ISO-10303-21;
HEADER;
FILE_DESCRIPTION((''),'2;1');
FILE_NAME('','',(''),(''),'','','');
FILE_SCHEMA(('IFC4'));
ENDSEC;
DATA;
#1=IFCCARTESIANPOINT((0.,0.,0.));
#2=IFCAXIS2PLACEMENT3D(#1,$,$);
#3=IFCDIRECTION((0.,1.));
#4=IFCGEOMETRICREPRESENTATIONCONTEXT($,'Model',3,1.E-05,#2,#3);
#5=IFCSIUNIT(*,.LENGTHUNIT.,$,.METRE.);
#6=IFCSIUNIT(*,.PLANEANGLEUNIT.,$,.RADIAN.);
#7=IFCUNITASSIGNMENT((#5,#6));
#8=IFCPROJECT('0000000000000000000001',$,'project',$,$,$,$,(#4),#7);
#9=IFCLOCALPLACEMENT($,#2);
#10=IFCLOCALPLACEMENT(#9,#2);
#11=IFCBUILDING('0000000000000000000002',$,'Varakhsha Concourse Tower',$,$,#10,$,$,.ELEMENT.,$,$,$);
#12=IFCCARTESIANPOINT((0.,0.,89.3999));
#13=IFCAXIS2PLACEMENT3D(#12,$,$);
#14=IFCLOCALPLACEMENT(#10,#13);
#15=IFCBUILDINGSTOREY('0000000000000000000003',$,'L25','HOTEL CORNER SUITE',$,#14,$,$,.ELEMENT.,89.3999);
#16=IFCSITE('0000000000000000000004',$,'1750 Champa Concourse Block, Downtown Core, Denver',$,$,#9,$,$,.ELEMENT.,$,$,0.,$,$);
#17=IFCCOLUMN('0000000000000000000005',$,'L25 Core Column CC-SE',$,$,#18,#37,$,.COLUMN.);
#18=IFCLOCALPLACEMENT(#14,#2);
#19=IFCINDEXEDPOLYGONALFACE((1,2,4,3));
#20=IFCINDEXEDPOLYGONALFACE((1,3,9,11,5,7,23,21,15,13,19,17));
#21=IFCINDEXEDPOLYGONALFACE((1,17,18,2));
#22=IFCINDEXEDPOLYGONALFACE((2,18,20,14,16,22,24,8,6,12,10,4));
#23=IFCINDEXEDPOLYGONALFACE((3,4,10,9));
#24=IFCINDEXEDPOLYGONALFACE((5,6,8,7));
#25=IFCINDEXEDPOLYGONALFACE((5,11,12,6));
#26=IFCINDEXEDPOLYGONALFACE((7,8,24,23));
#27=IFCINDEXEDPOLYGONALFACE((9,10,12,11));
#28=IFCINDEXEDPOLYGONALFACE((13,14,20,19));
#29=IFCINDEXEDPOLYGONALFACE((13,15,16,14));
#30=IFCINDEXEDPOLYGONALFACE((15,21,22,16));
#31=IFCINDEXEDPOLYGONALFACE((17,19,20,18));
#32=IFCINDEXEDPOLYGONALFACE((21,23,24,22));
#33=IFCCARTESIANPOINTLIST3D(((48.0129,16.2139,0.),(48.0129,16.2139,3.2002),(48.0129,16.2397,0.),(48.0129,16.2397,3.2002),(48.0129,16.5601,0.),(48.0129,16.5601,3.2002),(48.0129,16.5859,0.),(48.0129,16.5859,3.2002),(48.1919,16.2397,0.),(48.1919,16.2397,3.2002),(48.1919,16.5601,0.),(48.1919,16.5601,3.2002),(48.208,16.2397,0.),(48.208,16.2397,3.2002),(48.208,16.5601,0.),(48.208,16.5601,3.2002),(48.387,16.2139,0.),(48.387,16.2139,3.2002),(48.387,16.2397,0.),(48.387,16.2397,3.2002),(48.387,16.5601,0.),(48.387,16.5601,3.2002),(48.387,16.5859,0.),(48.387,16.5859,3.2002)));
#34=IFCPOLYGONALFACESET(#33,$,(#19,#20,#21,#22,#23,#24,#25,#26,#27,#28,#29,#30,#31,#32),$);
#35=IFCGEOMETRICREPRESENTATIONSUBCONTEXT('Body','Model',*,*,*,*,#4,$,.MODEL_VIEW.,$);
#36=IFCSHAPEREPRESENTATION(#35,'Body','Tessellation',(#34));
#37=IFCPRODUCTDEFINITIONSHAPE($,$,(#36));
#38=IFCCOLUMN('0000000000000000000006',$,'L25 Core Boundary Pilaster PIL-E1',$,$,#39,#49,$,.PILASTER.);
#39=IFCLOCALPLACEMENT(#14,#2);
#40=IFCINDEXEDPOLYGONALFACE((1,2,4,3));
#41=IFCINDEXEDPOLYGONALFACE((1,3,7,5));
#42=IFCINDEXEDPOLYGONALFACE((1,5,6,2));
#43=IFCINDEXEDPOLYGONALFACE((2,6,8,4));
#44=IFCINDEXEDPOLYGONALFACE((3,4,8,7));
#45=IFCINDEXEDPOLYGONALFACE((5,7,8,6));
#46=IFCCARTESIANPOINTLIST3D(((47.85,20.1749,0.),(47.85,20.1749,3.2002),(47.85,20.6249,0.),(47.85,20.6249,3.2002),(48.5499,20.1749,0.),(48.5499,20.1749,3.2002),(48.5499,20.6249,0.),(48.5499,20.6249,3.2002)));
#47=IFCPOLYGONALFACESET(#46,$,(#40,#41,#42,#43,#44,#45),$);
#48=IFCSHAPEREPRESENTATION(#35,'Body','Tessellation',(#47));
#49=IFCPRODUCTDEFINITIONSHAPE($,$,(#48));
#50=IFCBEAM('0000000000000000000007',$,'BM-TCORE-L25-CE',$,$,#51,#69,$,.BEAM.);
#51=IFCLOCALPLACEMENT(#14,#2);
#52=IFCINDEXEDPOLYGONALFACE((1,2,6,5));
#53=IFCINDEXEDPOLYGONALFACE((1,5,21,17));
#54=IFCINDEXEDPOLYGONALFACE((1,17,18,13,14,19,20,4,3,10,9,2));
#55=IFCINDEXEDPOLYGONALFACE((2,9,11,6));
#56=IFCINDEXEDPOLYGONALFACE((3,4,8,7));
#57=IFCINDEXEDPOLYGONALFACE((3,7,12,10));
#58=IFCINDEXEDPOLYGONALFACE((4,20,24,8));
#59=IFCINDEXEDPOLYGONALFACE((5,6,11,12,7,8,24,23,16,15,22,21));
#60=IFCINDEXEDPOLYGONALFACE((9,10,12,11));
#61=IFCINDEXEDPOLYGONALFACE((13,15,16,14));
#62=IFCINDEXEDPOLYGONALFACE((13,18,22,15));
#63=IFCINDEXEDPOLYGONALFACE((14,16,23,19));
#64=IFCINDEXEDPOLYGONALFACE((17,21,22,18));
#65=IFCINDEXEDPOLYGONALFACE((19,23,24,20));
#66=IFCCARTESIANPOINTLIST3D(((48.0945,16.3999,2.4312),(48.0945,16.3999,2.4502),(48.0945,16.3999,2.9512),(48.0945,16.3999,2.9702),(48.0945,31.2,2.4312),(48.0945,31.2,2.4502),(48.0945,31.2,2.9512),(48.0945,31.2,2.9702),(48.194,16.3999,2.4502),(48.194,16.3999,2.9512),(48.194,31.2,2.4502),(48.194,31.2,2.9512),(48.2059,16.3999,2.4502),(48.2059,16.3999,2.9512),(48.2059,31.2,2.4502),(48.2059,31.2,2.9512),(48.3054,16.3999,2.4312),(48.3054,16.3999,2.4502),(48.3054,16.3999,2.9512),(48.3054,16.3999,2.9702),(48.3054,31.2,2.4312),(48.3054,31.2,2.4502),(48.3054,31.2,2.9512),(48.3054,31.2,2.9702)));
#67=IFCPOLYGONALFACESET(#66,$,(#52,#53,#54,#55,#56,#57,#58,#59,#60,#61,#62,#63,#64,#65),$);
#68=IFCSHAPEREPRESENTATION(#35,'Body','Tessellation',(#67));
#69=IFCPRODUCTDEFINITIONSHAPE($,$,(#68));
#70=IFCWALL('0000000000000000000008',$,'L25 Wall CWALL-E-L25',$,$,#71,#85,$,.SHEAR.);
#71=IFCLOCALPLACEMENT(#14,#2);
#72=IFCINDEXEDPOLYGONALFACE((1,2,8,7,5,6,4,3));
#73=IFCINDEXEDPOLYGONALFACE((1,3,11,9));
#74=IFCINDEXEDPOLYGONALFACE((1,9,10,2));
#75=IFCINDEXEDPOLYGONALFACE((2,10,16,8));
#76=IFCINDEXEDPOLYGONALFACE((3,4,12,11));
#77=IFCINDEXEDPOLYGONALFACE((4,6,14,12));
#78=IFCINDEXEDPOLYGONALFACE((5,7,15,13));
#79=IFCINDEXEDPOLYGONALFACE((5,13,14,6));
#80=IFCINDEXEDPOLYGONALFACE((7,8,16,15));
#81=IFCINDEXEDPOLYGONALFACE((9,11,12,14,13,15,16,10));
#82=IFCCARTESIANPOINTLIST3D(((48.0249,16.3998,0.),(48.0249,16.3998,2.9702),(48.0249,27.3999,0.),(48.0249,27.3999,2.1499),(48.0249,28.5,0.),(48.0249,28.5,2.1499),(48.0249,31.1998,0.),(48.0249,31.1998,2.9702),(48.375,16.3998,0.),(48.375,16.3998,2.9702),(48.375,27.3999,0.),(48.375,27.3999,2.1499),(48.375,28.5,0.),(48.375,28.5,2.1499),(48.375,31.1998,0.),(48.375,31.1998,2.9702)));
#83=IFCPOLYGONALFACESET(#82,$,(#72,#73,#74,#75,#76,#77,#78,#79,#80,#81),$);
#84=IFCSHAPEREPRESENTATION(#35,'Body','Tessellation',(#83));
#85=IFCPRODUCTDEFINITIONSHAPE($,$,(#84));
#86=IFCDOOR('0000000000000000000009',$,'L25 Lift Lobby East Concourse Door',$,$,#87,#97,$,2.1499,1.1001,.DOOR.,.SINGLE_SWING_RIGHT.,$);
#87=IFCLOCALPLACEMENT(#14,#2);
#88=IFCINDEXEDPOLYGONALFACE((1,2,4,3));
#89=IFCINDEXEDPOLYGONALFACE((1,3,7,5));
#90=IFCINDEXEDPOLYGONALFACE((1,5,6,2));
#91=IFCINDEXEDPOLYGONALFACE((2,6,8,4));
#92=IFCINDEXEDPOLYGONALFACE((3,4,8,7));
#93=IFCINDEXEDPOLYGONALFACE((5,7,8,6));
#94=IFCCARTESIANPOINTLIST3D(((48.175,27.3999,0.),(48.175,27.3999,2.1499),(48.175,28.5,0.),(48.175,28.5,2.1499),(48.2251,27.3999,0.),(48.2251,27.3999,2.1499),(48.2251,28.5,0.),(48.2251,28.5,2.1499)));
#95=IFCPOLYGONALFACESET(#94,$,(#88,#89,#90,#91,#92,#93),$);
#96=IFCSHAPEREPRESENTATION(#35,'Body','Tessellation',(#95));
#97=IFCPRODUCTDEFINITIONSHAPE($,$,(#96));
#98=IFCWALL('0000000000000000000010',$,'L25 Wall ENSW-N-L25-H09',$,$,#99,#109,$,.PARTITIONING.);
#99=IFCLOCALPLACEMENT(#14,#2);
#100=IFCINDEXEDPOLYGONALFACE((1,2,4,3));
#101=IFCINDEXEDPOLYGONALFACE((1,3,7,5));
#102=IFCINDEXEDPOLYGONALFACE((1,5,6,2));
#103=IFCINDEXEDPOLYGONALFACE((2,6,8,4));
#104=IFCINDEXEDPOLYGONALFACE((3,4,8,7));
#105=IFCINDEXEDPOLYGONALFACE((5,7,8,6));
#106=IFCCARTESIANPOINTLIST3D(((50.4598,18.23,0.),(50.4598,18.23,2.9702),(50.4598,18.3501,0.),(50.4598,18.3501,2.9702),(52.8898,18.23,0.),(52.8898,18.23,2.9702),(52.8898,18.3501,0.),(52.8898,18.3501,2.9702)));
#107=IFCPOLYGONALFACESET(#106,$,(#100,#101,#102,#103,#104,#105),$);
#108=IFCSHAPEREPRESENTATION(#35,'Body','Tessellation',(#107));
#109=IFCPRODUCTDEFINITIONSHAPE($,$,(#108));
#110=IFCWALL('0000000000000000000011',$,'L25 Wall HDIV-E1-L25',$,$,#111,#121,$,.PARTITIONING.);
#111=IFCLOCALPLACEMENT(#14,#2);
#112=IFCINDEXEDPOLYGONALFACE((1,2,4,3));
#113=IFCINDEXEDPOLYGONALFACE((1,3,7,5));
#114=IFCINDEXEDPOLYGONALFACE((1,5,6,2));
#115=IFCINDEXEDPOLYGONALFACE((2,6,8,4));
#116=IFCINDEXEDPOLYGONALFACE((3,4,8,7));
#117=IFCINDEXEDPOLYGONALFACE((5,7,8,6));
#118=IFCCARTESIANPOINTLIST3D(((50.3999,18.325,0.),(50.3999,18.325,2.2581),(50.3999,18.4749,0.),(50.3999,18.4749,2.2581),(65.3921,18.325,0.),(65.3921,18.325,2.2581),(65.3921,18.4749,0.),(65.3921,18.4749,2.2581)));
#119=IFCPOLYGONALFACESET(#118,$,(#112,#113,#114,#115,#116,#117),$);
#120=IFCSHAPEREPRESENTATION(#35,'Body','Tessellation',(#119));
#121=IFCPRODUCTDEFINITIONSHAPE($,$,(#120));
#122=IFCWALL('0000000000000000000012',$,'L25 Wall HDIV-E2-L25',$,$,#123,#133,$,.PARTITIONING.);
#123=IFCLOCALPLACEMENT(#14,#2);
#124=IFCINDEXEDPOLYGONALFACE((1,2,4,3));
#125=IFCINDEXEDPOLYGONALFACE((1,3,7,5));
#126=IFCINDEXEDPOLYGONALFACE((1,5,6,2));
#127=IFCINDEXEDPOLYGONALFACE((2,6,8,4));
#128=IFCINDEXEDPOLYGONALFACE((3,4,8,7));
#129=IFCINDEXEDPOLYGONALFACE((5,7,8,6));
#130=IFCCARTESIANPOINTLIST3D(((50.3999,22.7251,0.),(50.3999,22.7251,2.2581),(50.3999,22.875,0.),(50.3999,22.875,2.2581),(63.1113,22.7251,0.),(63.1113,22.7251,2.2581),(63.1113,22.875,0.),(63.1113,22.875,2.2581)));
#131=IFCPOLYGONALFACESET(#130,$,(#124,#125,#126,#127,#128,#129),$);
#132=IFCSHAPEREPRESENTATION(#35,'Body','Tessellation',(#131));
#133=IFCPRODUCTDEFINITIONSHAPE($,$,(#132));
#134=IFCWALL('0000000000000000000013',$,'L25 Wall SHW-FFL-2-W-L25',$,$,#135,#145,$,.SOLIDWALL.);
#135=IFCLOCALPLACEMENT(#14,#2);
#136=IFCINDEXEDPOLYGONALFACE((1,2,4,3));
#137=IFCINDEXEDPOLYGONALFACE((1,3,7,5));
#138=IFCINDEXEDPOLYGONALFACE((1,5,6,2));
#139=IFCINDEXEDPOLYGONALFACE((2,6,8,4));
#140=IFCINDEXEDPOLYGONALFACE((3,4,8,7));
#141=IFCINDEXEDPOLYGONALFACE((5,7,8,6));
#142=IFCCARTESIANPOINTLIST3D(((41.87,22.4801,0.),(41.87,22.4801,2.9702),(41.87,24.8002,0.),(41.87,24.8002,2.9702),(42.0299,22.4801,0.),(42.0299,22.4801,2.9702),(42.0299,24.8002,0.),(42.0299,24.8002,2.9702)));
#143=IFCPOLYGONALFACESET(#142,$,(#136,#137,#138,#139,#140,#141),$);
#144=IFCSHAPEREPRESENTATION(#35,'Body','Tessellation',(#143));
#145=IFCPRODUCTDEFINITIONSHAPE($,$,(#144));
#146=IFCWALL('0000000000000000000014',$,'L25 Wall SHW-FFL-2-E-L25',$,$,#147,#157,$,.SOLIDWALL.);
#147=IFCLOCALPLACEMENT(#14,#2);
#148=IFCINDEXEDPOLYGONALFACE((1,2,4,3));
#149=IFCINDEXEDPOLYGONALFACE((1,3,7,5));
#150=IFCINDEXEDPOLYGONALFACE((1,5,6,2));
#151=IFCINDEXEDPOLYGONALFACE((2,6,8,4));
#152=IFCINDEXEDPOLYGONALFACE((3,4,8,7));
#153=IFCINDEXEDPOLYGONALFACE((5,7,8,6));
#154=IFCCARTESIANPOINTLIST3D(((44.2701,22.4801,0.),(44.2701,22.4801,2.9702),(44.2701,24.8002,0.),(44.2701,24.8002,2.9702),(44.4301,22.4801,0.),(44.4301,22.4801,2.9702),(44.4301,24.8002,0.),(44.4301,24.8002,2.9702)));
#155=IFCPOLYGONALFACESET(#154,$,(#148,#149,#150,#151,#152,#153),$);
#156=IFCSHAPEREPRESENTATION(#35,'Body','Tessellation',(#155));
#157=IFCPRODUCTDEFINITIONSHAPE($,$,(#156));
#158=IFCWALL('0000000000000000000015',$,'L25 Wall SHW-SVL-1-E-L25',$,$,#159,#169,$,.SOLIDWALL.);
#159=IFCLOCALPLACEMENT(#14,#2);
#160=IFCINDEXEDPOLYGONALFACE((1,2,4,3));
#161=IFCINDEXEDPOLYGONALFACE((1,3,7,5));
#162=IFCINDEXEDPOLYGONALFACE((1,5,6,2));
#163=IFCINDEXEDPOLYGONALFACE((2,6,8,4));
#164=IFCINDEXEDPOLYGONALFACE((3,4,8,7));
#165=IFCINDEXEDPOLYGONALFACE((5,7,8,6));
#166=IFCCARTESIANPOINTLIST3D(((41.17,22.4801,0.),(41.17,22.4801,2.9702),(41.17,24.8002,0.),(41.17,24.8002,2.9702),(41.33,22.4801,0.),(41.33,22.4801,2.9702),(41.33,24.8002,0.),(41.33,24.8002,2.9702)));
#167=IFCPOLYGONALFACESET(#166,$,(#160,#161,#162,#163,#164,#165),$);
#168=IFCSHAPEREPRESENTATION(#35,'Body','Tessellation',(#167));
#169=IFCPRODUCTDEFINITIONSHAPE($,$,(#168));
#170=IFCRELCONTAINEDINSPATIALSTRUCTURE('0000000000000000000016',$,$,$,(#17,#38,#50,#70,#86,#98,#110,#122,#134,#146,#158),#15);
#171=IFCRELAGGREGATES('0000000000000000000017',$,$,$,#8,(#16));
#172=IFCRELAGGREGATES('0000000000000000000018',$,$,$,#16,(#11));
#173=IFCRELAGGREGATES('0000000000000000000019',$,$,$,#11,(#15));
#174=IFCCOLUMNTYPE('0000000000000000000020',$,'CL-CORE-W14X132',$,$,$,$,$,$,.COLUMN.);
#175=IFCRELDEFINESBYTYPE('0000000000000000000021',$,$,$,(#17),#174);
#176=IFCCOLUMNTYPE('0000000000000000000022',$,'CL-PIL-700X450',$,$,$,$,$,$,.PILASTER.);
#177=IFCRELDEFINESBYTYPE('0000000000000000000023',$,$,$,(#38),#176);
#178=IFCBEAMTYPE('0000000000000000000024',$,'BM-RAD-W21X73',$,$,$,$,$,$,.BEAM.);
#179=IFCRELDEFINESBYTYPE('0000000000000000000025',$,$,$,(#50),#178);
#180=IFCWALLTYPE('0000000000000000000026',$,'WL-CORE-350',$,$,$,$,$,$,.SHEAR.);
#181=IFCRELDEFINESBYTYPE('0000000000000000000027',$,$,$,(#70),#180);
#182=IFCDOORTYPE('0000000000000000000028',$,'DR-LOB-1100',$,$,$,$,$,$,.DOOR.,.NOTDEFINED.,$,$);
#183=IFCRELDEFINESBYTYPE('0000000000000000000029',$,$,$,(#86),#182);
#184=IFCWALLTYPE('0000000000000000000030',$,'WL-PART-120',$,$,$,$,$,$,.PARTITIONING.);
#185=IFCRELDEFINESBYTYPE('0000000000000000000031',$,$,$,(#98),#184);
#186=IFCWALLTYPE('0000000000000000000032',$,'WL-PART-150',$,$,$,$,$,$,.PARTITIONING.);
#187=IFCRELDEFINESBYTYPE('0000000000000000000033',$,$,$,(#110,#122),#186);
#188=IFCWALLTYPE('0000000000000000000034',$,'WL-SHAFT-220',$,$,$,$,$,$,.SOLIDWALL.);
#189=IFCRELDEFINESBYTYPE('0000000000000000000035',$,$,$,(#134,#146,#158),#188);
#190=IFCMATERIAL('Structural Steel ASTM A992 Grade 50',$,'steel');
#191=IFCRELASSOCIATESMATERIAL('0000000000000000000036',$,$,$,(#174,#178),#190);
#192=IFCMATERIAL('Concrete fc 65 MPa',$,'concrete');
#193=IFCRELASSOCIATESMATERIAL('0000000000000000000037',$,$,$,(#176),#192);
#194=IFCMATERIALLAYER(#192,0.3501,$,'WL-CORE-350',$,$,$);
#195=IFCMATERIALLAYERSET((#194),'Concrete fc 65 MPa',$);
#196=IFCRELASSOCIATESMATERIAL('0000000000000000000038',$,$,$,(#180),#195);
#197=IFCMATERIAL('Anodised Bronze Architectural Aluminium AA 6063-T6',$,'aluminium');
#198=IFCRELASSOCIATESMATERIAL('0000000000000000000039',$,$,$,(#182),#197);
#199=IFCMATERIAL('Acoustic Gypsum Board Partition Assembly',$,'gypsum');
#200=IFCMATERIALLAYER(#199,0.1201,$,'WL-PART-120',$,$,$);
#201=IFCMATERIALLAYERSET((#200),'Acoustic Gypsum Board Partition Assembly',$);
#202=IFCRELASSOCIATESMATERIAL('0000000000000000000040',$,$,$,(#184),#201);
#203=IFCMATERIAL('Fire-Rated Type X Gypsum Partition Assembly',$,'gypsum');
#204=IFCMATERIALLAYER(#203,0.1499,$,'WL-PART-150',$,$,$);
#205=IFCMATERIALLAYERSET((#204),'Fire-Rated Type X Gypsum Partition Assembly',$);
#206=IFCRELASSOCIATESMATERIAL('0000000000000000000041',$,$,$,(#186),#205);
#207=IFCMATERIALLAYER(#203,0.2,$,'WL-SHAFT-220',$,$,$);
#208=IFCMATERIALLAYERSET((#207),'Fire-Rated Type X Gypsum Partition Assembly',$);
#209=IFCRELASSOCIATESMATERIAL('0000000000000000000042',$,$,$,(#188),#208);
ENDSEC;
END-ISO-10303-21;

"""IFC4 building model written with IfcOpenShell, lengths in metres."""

from ifc_helpers import new_model, si_unit, direction, frame, frame_2d, origin, origin_2d, place, context, subcontext, project, spatial, rectangle, i_section, extrude, material, layer, layer_set, material_profile, profile_set, type_object, element, fill, save


model = new_model("IFC4")

# Units and contexts
model_context = context("Model", 3, precision=1e-05, world=origin(), true_north=direction((0.0, 1.0)))
body_context = subcontext(model_context, "Body", "Model", "MODEL_VIEW")
ifc_project = project(units=[si_unit("LENGTHUNIT", "METRE"), si_unit("PLANEANGLEUNIT", "RADIAN")], contexts=[model_context])

# Site, building, storey
site_placement = place(None, origin())
site = spatial("IfcSite", under=ifc_project, at=site_placement, Name="1750 Champa Concourse Block, Downtown Core, Denver", CompositionType="ELEMENT", RefElevation=0.0)
building_placement = place(site_placement, origin())
building = spatial("IfcBuilding", under=site, at=building_placement, Name="Varakhsha Concourse Tower", CompositionType="ELEMENT")
storey_placement = place(building_placement, frame((0.0, 0.0, 89.3999)))
storey = spatial("IfcBuildingStorey", under=building, at=storey_placement, Name="L25", Description="HOTEL CORNER SUITE", CompositionType="ELEMENT", Elevation=89.3999)

# Columns
ifc_material_1 = material(Name="Structural Steel ASTM A992 Grade 50", Category="steel")
ifc_material_profile_1 = material_profile(ifc_material_1, i_section(OverallWidth=0.374, OverallDepth=0.3721, WebThickness=0.0161, FlangeThickness=0.0259, at=origin_2d()), Name="W14X132")
ifc_profile_set_1 = profile_set([ifc_material_profile_1], Name="Structural Steel ASTM A992 Grade 50")
column_type_1 = type_object("IfcColumnType", Name="CL-CORE-W14X132", PredefinedType="COLUMN", material=ifc_profile_set_1)
column_1_placement = place(storey_placement, frame((48.2, 16.3999, 0.0), z_axis=(0.0, 0.0, 1.0), x_axis=(1.0, 0.0, 0.0)))
element("IfcColumn", 1, at=column_1_placement, inside=storey, type_object=column_type_1, Name="L25 Core Column CC-SE", PredefinedType="COLUMN", context=body_context, shape_type="SweptSolid", body=[
    extrude(i_section(OverallWidth=0.374, OverallDepth=0.3721, WebThickness=0.0161, FlangeThickness=0.0259, at=origin_2d()), origin(), (0.0, 0.0, 1.0), 3.2002),
])
ifc_material_2 = material(Name="Concrete fc 65 MPa", Category="concrete")
ifc_material_profile_2 = material_profile(ifc_material_2, rectangle(XDim=0.7, YDim=0.45, at=origin_2d()), Name="RC 700x450")
ifc_profile_set_2 = profile_set([ifc_material_profile_2], Name="Concrete fc 65 MPa")
column_type_2 = type_object("IfcColumnType", Name="CL-PIL-700X450", PredefinedType="PILASTER", material=ifc_profile_set_2)
column_2_placement = place(storey_placement, frame((48.2, 20.3999, 0.0), z_axis=(0.0, 0.0, 1.0), x_axis=(1.0, 0.0, 0.0)))
element("IfcColumn", 2, at=column_2_placement, inside=storey, type_object=column_type_2, Name="L25 Core Boundary Pilaster PIL-E1", PredefinedType="PILASTER", context=body_context, shape_type="SweptSolid", body=[
    extrude(rectangle(XDim=0.7, YDim=0.45, at=origin_2d()), origin(), (0.0, 0.0, 1.0), 3.2002),
])

# Beam
ifc_material_profile_3 = material_profile(ifc_material_1, i_section(OverallWidth=0.2109, OverallDepth=0.5391, WebThickness=0.012, FlangeThickness=0.019, at=origin_2d()), Name="W21X73")
ifc_profile_set_3 = profile_set([ifc_material_profile_3], Name="Structural Steel ASTM A992 Grade 50")
beam_type = type_object("IfcBeamType", Name="BM-RAD-W21X73", PredefinedType="BEAM", material=ifc_profile_set_3)
beam_placement = place(storey_placement, frame((48.2, 16.3999, 2.7007), z_axis=(0.0, 1.0, 0.0), x_axis=(-1.0, 0.0, 0.0)))
element("IfcBeam", 3, at=beam_placement, inside=storey, type_object=beam_type, Name="BM-TCORE-L25-CE", PredefinedType="BEAM", context=body_context, shape_type="SweptSolid", body=[
    extrude(i_section(OverallWidth=0.2109, OverallDepth=0.5391, WebThickness=0.012, FlangeThickness=0.019, at=origin_2d()), origin(), (0.0, 0.0, 1.0), 14.8),
])

# Wall, opening, door
ifc_layer_1 = layer(ifc_material_2, 0.3501, Name="WL-CORE-350")
ifc_layer_set_1 = layer_set([ifc_layer_1], Name="Concrete fc 65 MPa")
wall_type_1 = type_object("IfcWallType", Name="WL-CORE-350", PredefinedType="SHEAR", material=ifc_layer_set_1)
wall_1_placement = place(storey_placement, frame((48.2, 16.3999, 0.0), z_axis=(0.0, 0.0, 1.0), x_axis=(0.0, 1.0, 0.0)))
wall_1 = element("IfcWall", 4, at=wall_1_placement, inside=storey, type_object=wall_type_1, Name="L25 Wall CWALL-E-L25", PredefinedType="SHEAR", context=body_context, shape_type="SweptSolid", body=[
    extrude(rectangle(XDim=14.8, YDim=0.3501, at=frame_2d((7.3999, 0.0))), origin(), (0.0, 0.0, 1.0), 2.9702),
])
opening_1_placement = place(wall_1_placement, frame((11.0, 0.0, 0.0)))
opening_1 = element("IfcOpeningElement", 5, at=opening_1_placement, cuts=wall_1, PredefinedType="OPENING", context=body_context, shape_type="SweptSolid", body=[
    extrude(rectangle(XDim=1.1001, YDim=2.1499, at=frame_2d((0.55, 1.075))), frame((0.0, 0.1851, 0.0), z_axis=(0.0, -1.0, 0.0), x_axis=(1.0, 0.0, 0.0)), (0.0, 0.0, 1.0), 0.3701),
])
ifc_material_3 = material(Name="Anodised Bronze Architectural Aluminium AA 6063-T6", Category="aluminium")
door_type_1 = type_object("IfcDoorType", Name="DR-LOB-1100", OperationType="NOTDEFINED", PredefinedType="DOOR", material=ifc_material_3)
door_1_placement = place(opening_1_placement, origin())
door_1 = element("IfcDoor", 6, at=door_1_placement, inside=storey, type_object=door_type_1, Name="L25 Lift Lobby East Concourse Door", OperationType="SINGLE_SWING_RIGHT", OverallHeight=2.1499, OverallWidth=1.1001, PredefinedType="DOOR", context=body_context, shape_type="SweptSolid", body=[
    extrude(rectangle(XDim=1.1001, YDim=2.1499, at=frame_2d((0.55, 1.075))), frame((0.0, 0.0249, 0.0), z_axis=(0.0, -1.0, 0.0), x_axis=(1.0, 0.0, 0.0)), (0.0, 0.0, 1.0), 0.05),
])
fill(opening_1, door_1)

# Walls
ifc_material_4 = material(Name="Acoustic Gypsum Board Partition Assembly", Category="gypsum")
ifc_layer_2 = layer(ifc_material_4, 0.1201, Name="WL-PART-120")
ifc_layer_set_2 = layer_set([ifc_layer_2], Name="Acoustic Gypsum Board Partition Assembly")
wall_type_2 = type_object("IfcWallType", Name="WL-PART-120", PredefinedType="PARTITIONING", material=ifc_layer_set_2)
wall_2_placement = place(storey_placement, frame((50.46, 18.29, 0.0), z_axis=(0.0, 0.0, 1.0), x_axis=(1.0, 0.0, 0.0)))
element("IfcWall", 7, at=wall_2_placement, inside=storey, type_object=wall_type_2, Name="L25 Wall ENSW-N-L25-H09", PredefinedType="PARTITIONING", context=body_context, shape_type="SweptSolid", body=[
    extrude(rectangle(XDim=2.4299, YDim=0.1201, at=frame_2d((1.2148, 0.0))), origin(), (0.0, 0.0, 1.0), 2.9702),
])
ifc_material_5 = material(Name="Fire-Rated Type X Gypsum Partition Assembly", Category="gypsum")
ifc_layer_3 = layer(ifc_material_5, 0.1499, Name="WL-PART-150")
ifc_layer_set_3 = layer_set([ifc_layer_3], Name="Fire-Rated Type X Gypsum Partition Assembly")
wall_type_3 = type_object("IfcWallType", Name="WL-PART-150", PredefinedType="PARTITIONING", material=ifc_layer_set_3)
wall_3_placement = place(storey_placement, frame((50.3999, 18.3999, 0.0), z_axis=(0.0, 0.0, 1.0), x_axis=(1.0, 0.0, 0.0)))
element("IfcWall", 8, at=wall_3_placement, inside=storey, type_object=wall_type_3, Name="L25 Wall HDIV-E1-L25", PredefinedType="PARTITIONING", context=body_context, shape_type="SweptSolid", body=[
    extrude(rectangle(XDim=14.9922, YDim=0.1499, at=frame_2d((7.4961, 0.0))), origin(), (0.0, 0.0, 1.0), 2.2581),
])
wall_4_placement = place(storey_placement, frame((50.3999, 22.8, 0.0), z_axis=(0.0, 0.0, 1.0), x_axis=(1.0, 0.0, 0.0)))
element("IfcWall", 9, at=wall_4_placement, inside=storey, type_object=wall_type_3, Name="L25 Wall HDIV-E2-L25", PredefinedType="PARTITIONING", context=body_context, shape_type="SweptSolid", body=[
    extrude(rectangle(XDim=12.7114, YDim=0.1499, at=frame_2d((6.3557, 0.0))), origin(), (0.0, 0.0, 1.0), 2.2581),
])
ifc_layer_4 = layer(ifc_material_5, 0.2, Name="WL-SHAFT-220")
ifc_layer_set_4 = layer_set([ifc_layer_4], Name="Fire-Rated Type X Gypsum Partition Assembly")
wall_type_4 = type_object("IfcWallType", Name="WL-SHAFT-220", PredefinedType="SOLIDWALL", material=ifc_layer_set_4)
for number, where, z_axis, x_axis, name in (
    (10, (41.95, 22.48, 0.0), (0.0, 0.0, 1.0), (0.0, 1.0, 0.0), "L25 Wall SHW-FFL-2-W-L25"),
    (11, (44.3501, 22.48, 0.0), (0.0, 0.0, 1.0), (0.0, 1.0, 0.0), "L25 Wall SHW-FFL-2-E-L25"),
    (12, (41.25, 22.48, 0.0), (0.0, 0.0, 1.0), (0.0, 1.0, 0.0), "L25 Wall SHW-SVL-1-E-L25"),
):
    element("IfcWall", number, at=place(storey_placement, frame(where, z_axis=z_axis, x_axis=x_axis)), inside=storey, type_object=wall_type_4, Name=name, PredefinedType="SOLIDWALL", context=body_context, shape_type="SweptSolid", body=[
        extrude(rectangle(XDim=2.3201, YDim=0.1599, at=frame_2d((1.1602, 0.0))), origin(), (0.0, 0.0, 1.0), 2.9702),
    ])

save(model, "model.ifc")
